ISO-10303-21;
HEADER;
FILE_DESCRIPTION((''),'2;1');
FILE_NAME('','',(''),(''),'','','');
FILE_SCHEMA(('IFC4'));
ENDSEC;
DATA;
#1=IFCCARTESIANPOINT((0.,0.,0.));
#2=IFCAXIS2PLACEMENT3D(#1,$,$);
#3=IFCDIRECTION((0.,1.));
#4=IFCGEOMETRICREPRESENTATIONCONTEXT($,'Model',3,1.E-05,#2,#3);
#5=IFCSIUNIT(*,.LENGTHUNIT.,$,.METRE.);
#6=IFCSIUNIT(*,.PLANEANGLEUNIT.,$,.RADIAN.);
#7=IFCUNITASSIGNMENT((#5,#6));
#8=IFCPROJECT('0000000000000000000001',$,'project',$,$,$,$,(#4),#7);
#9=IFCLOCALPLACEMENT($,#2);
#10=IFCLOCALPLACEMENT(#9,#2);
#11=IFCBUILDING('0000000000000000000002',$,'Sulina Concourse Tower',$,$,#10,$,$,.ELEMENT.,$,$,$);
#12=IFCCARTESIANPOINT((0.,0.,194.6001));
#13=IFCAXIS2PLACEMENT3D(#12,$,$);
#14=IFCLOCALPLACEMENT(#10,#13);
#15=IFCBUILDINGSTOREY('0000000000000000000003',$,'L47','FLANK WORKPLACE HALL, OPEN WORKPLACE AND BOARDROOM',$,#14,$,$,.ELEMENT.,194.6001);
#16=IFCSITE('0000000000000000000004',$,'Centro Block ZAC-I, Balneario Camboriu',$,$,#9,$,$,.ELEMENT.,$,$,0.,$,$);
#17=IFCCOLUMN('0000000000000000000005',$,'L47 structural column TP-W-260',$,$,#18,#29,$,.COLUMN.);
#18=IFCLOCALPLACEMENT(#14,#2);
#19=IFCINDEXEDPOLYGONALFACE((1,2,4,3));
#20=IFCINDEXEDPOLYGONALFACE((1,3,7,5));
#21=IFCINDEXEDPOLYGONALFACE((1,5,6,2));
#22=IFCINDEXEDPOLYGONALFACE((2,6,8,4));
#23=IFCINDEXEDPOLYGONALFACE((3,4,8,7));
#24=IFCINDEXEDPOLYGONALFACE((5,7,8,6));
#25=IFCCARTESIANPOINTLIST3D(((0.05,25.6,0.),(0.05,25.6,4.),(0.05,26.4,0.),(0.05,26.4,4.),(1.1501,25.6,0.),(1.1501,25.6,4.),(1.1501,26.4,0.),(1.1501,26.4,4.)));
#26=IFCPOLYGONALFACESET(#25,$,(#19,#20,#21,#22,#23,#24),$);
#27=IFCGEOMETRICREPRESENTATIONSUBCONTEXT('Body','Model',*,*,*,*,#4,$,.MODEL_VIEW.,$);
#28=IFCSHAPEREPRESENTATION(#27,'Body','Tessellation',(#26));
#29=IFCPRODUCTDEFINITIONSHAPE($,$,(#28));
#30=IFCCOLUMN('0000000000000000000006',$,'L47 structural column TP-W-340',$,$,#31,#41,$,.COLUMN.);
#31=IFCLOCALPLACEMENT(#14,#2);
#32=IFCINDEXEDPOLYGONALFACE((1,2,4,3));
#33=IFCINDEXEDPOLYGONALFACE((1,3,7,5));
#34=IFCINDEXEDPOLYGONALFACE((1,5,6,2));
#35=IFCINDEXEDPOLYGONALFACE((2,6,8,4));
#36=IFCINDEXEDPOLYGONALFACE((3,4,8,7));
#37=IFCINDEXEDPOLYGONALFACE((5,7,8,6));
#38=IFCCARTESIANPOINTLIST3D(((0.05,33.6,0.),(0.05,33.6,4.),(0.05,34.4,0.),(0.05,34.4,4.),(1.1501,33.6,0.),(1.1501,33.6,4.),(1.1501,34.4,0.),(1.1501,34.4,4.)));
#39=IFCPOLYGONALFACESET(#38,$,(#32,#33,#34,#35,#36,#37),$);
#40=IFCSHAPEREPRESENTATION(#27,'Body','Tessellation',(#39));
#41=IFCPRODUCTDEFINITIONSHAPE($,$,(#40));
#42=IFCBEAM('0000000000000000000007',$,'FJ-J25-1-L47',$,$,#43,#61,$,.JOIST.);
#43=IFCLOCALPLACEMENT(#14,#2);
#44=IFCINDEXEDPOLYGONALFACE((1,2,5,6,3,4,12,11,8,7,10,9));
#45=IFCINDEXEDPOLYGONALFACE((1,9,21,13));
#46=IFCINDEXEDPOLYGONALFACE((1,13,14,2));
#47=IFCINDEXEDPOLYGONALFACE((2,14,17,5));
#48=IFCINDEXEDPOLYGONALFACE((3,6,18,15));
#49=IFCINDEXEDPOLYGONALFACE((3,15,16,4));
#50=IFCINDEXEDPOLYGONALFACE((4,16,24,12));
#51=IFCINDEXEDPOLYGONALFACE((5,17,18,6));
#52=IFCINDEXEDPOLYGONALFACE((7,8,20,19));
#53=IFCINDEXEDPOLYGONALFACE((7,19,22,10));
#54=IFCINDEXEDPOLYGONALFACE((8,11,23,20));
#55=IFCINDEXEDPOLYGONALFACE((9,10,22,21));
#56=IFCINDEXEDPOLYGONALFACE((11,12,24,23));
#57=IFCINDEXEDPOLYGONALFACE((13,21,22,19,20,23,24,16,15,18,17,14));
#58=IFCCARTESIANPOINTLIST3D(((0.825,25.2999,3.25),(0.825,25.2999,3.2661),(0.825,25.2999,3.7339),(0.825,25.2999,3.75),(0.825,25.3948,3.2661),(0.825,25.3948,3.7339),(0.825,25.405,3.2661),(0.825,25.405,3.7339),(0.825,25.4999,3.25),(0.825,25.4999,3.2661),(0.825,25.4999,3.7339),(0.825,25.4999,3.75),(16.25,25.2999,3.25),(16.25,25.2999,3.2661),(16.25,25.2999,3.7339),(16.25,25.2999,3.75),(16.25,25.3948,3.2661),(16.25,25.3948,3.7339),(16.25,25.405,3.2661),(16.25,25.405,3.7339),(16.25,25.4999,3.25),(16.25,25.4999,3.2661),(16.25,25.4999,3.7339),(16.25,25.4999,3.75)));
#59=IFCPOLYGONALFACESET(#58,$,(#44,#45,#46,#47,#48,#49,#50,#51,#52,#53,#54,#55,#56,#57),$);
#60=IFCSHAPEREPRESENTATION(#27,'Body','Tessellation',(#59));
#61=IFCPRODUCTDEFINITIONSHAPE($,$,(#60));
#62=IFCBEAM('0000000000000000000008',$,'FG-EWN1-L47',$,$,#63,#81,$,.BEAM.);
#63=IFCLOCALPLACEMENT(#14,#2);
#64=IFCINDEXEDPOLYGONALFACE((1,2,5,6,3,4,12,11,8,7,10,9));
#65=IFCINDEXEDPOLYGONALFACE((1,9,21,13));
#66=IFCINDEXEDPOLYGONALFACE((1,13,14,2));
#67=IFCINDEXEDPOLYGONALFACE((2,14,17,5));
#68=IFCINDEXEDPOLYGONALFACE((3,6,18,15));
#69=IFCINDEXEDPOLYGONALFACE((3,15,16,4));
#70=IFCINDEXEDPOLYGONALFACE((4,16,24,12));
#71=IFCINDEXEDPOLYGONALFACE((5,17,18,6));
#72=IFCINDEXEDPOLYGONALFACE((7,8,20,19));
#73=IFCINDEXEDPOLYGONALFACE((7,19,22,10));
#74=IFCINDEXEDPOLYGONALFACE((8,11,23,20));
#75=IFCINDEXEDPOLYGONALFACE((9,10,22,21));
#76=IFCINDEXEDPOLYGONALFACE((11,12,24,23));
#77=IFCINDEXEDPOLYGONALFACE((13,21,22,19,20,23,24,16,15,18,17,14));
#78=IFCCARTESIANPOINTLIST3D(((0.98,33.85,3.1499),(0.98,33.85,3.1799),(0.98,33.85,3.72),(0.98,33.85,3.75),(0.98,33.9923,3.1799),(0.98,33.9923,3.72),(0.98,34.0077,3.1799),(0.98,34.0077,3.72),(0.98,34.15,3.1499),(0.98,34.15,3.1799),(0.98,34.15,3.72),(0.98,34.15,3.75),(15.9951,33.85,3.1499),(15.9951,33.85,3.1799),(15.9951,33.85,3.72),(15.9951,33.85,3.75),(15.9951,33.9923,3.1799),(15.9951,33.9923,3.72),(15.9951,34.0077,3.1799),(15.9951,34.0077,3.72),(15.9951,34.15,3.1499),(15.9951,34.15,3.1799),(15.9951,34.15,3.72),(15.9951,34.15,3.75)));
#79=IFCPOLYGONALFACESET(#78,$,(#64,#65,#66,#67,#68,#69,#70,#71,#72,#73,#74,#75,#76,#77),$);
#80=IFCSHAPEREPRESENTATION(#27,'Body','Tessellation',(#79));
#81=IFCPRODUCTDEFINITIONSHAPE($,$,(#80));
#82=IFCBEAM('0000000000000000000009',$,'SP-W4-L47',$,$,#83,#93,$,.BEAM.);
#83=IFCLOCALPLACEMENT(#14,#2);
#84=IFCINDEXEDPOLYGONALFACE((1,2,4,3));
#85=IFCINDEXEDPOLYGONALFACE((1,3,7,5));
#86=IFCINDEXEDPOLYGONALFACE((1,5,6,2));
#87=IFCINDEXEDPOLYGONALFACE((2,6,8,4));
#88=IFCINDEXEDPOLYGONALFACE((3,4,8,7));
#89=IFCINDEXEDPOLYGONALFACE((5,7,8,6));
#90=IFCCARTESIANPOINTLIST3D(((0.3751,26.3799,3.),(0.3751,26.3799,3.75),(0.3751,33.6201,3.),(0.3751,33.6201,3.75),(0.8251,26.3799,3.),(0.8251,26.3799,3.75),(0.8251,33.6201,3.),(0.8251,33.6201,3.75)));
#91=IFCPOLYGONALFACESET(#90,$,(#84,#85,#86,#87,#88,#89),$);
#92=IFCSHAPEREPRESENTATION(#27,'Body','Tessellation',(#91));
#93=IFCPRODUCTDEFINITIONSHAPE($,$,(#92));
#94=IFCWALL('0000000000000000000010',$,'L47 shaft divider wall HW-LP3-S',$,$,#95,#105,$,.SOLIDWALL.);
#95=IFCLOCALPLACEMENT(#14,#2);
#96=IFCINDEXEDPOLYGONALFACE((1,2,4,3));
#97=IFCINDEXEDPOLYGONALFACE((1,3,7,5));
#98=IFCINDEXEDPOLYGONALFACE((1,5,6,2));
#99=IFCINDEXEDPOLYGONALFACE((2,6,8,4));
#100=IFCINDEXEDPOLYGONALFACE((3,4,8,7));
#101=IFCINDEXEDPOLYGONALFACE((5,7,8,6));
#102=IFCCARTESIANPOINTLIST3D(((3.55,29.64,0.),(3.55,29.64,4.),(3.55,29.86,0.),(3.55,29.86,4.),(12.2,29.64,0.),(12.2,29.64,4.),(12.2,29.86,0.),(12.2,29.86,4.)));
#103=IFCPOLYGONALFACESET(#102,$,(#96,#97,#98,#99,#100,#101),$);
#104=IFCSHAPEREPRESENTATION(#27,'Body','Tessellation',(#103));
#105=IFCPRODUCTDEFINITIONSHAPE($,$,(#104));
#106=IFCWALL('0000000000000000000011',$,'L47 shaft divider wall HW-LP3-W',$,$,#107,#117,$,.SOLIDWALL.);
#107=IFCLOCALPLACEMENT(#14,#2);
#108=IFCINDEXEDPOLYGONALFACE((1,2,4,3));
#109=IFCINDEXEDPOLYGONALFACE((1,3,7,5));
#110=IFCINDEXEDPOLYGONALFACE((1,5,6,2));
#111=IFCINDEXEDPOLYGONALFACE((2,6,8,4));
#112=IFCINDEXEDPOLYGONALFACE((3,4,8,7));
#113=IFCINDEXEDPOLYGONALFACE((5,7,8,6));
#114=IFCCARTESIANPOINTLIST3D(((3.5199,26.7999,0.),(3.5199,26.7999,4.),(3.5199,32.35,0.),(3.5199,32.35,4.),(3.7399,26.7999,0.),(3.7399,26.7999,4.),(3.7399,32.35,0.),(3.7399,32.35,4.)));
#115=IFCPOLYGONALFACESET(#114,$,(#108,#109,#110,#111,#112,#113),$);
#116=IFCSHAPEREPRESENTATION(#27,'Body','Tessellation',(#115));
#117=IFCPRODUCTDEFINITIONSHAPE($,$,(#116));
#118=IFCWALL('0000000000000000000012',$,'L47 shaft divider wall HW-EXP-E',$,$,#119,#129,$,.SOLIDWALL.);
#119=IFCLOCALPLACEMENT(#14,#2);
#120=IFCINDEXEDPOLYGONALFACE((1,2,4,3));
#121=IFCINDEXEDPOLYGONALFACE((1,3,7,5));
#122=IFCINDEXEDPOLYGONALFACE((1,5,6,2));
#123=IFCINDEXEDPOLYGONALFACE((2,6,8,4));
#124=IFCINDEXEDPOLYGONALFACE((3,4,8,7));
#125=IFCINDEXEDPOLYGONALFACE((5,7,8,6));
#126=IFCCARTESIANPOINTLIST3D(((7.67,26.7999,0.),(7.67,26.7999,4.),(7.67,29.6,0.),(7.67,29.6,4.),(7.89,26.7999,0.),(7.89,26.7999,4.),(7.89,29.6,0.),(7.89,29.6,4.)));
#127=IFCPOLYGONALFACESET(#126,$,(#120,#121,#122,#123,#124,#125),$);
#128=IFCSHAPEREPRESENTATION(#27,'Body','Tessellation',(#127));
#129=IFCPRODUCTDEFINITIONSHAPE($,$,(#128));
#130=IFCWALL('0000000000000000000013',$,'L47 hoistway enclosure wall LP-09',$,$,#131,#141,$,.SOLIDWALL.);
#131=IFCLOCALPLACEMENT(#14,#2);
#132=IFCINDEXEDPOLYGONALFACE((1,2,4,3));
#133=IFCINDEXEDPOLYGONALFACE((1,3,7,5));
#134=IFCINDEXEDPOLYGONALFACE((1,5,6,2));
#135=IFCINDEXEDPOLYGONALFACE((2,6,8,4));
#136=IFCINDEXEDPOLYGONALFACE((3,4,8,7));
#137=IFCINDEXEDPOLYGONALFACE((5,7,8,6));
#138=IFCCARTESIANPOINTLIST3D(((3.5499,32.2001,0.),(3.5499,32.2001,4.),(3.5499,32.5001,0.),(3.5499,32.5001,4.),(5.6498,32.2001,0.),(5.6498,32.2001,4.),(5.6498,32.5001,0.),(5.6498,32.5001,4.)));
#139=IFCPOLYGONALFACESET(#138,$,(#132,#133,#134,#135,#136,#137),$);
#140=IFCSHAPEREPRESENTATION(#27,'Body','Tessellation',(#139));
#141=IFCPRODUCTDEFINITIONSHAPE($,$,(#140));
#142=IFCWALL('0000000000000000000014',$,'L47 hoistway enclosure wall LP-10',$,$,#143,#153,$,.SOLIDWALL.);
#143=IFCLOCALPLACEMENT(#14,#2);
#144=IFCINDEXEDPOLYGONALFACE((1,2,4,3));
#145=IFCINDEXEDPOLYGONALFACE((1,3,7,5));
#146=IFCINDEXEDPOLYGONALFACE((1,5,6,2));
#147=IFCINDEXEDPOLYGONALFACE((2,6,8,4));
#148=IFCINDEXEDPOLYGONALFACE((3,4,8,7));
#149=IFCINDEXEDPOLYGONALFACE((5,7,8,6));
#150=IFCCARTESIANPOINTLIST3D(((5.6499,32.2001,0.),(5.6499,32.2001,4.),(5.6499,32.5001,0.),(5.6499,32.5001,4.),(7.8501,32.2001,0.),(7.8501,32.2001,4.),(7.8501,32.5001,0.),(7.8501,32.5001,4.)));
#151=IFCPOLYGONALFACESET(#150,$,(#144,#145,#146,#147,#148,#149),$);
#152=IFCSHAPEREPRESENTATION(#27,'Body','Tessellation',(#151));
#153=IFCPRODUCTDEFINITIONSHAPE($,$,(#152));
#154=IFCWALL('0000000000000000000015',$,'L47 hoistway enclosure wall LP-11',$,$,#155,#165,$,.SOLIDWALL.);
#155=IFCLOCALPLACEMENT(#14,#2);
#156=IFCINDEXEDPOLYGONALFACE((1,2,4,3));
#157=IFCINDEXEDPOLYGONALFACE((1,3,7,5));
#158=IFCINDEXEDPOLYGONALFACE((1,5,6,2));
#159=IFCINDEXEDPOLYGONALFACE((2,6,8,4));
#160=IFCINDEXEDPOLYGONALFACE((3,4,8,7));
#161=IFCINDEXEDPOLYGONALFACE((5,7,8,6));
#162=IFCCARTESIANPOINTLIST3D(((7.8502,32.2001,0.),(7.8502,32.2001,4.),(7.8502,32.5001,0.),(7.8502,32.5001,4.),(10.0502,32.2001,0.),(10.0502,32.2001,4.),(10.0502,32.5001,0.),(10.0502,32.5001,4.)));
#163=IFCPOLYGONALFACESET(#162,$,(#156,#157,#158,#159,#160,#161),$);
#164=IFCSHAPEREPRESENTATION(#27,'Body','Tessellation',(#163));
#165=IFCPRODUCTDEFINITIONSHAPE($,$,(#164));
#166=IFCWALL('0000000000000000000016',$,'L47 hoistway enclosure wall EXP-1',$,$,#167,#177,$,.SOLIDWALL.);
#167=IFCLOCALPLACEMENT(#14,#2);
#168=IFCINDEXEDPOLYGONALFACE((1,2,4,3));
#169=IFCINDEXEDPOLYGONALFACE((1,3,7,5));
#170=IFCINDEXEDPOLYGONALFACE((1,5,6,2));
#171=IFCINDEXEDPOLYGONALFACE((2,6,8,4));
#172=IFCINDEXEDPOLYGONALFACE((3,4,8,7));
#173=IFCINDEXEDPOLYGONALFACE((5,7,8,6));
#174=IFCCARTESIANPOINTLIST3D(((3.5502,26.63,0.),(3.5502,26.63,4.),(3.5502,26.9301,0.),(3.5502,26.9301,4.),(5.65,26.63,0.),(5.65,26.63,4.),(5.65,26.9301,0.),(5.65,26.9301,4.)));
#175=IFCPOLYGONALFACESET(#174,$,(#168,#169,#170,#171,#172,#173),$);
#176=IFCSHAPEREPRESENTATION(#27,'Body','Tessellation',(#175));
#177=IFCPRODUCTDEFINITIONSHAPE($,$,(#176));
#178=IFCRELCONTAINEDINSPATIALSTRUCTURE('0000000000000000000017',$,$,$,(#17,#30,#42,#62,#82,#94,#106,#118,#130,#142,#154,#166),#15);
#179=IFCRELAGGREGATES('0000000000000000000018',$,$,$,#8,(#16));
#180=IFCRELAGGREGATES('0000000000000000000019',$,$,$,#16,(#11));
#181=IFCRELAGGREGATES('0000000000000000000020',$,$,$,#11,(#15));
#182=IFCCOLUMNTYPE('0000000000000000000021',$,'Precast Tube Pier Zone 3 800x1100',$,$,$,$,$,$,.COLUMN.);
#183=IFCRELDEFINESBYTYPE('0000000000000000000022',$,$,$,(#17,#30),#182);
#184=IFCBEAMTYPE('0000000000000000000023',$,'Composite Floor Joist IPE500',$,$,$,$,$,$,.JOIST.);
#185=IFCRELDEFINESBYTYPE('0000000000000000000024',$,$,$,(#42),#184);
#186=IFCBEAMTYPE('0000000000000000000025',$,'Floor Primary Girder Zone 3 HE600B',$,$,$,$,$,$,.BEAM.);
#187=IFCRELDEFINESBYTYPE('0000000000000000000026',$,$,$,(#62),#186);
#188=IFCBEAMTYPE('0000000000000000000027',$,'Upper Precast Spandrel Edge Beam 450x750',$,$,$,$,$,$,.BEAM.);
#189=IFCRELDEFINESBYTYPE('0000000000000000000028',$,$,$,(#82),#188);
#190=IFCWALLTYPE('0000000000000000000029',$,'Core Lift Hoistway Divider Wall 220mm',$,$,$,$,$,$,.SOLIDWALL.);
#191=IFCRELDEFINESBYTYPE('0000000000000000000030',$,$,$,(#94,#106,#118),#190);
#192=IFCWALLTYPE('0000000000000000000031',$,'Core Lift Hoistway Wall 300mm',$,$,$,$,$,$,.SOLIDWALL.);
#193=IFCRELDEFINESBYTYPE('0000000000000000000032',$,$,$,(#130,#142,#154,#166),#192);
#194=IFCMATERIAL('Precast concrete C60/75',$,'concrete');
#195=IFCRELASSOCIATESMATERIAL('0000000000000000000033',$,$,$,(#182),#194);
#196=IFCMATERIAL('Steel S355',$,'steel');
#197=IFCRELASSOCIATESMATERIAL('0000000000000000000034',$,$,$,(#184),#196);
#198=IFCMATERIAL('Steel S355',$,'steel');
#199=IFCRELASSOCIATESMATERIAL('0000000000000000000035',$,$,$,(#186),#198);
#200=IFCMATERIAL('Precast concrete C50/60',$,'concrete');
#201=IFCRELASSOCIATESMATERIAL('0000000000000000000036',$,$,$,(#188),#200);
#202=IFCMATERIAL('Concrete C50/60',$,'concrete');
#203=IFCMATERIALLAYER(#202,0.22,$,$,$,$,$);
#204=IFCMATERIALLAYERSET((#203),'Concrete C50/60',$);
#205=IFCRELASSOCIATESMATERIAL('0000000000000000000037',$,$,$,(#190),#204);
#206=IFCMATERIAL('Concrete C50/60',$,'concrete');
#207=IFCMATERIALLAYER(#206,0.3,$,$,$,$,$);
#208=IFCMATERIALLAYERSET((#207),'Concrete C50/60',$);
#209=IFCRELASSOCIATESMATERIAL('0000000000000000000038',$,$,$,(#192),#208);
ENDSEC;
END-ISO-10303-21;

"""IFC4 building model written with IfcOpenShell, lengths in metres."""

from ifc_helpers import new_model, si_unit, direction, frame, frame_2d, origin, origin_2d, place, context, subcontext, project, spatial, rectangle, i_section, extrude, material, layer, layer_set, material_profile, profile_set, type_object, element, save


model = new_model("IFC4")

# Units and contexts
model_context = context("Model", 3, precision=1e-05, world=origin(), true_north=direction((0.0, 1.0)))
body_context = subcontext(model_context, "Body", "Model", "MODEL_VIEW")
ifc_project = project(units=[si_unit("LENGTHUNIT", "METRE"), si_unit("PLANEANGLEUNIT", "RADIAN")], contexts=[model_context])

# Site, building, storey
site_placement = place(None, origin())
site = spatial("IfcSite", under=ifc_project, at=site_placement, Name="Centro Block ZAC-I, Balneario Camboriu", CompositionType="ELEMENT", RefElevation=0.0)
building_placement = place(site_placement, origin())
building = spatial("IfcBuilding", under=site, at=building_placement, Name="Sulina Concourse Tower", CompositionType="ELEMENT")
storey_placement = place(building_placement, frame((0.0, 0.0, 194.6001)))
storey = spatial("IfcBuildingStorey", under=building, at=storey_placement, Name="L47", Description="FLANK WORKPLACE HALL, OPEN WORKPLACE AND BOARDROOM", CompositionType="ELEMENT", Elevation=194.6001)

# Columns
ifc_material_1 = material(Name="Precast concrete C60/75", Category="concrete")
ifc_material_profile_1 = material_profile(ifc_material_1, rectangle(XDim=0.8, YDim=1.1001, at=origin_2d()), Name="PC 800x1100")
ifc_profile_set_1 = profile_set([ifc_material_profile_1], Name="Precast concrete C60/75")
column_type = type_object("IfcColumnType", Name="Precast Tube Pier Zone 3 800x1100", PredefinedType="COLUMN", material=ifc_profile_set_1)
for number, where, z_axis, x_axis, name in (
    (1, (0.6001, 26.0, 0.0), (0.0, 0.0, 1.0), (0.0, 1.0, 0.0), "L47 structural column TP-W-260"),
    (2, (0.6001, 34.0, 0.0), (0.0, 0.0, 1.0), (0.0, 1.0, 0.0), "L47 structural column TP-W-340"),
):
    element("IfcColumn", number, at=place(storey_placement, frame(where, z_axis=z_axis, x_axis=x_axis)), inside=storey, type_object=column_type, Name=name, PredefinedType="COLUMN", context=body_context, shape_type="SweptSolid", body=[
        extrude(rectangle(XDim=0.8, YDim=1.1001, at=origin_2d()), origin(), (0.0, 0.0, 1.0), 4.0),
    ])

# Beams
ifc_material_2 = material(Name="Steel S355", Category="steel")
ifc_material_profile_2 = material_profile(ifc_material_2, i_section(OverallWidth=0.2, OverallDepth=0.5, WebThickness=0.0103, FlangeThickness=0.0161, at=origin_2d()), Name="IPE 500")
ifc_profile_set_2 = profile_set([ifc_material_profile_2], Name="Steel S355")
beam_type_1 = type_object("IfcBeamType", Name="Composite Floor Joist IPE500", PredefinedType="JOIST", material=ifc_profile_set_2)
beam_1_placement = place(storey_placement, frame((0.825, 25.3999, 3.5), z_axis=(1.0, 0.0, 0.0), x_axis=(0.0, 1.0, 0.0)))
element("IfcBeam", 3, at=beam_1_placement, inside=storey, type_object=beam_type_1, Name="FJ-J25-1-L47", PredefinedType="JOIST", context=body_context, shape_type="SweptSolid", body=[
    extrude(i_section(OverallWidth=0.2, OverallDepth=0.5, WebThickness=0.0103, FlangeThickness=0.0161, at=origin_2d()), origin(), (0.0, 0.0, 1.0), 15.425),
])
ifc_material_3 = material(Name="Steel S355", Category="steel")
ifc_material_profile_3 = material_profile(ifc_material_3, i_section(OverallWidth=0.3, OverallDepth=0.6001, WebThickness=0.0154, FlangeThickness=0.03, at=origin_2d()), Name="HE 600 B")
ifc_profile_set_3 = profile_set([ifc_material_profile_3], Name="Steel S355")
beam_type_2 = type_object("IfcBeamType", Name="Floor Primary Girder Zone 3 HE600B", PredefinedType="BEAM", material=ifc_profile_set_3)
beam_2_placement = place(storey_placement, frame((0.98, 34.0, 3.45), z_axis=(1.0, 0.0, 0.0), x_axis=(0.0, 1.0, 0.0)))
element("IfcBeam", 4, at=beam_2_placement, inside=storey, type_object=beam_type_2, Name="FG-EWN1-L47", PredefinedType="BEAM", context=body_context, shape_type="SweptSolid", body=[
    extrude(i_section(OverallWidth=0.3, OverallDepth=0.6001, WebThickness=0.0154, FlangeThickness=0.03, at=origin_2d()), origin(), (0.0, 0.0, 1.0), 15.0151),
])
ifc_material_4 = material(Name="Precast concrete C50/60", Category="concrete")
ifc_material_profile_4 = material_profile(ifc_material_4, rectangle(XDim=0.45, YDim=0.75, at=origin_2d()), Name="RC 450x750")
ifc_profile_set_4 = profile_set([ifc_material_profile_4], Name="Precast concrete C50/60")
beam_type_3 = type_object("IfcBeamType", Name="Upper Precast Spandrel Edge Beam 450x750", PredefinedType="BEAM", material=ifc_profile_set_4)
beam_3_placement = place(storey_placement, frame((0.6001, 26.3799, 3.375), z_axis=(0.0, 1.0, 0.0), x_axis=(-1.0, 0.0, 0.0)))
element("IfcBeam", 5, at=beam_3_placement, inside=storey, type_object=beam_type_3, Name="SP-W4-L47", PredefinedType="BEAM", context=body_context, shape_type="SweptSolid", body=[
    extrude(rectangle(XDim=0.45, YDim=0.75, at=origin_2d()), origin(), (0.0, 0.0, 1.0), 7.2402),
])

# Walls
ifc_material_5 = material(Name="Concrete C50/60", Category="concrete")
ifc_layer_1 = layer(ifc_material_5, 0.22)
ifc_layer_set_1 = layer_set([ifc_layer_1], Name="Concrete C50/60")
wall_type_1 = type_object("IfcWallType", Name="Core Lift Hoistway Divider Wall 220mm", PredefinedType="SOLIDWALL", material=ifc_layer_set_1)
wall_1_placement = place(storey_placement, frame((3.55, 29.75, 0.0), z_axis=(0.0, 0.0, 1.0), x_axis=(1.0, 0.0, 0.0)))
element("IfcWall", 6, at=wall_1_placement, inside=storey, type_object=wall_type_1, Name="L47 shaft divider wall HW-LP3-S", PredefinedType="SOLIDWALL", context=body_context, shape_type="SweptSolid", body=[
    extrude(rectangle(XDim=8.6499, YDim=0.22, at=frame_2d((4.325, 0.0))), origin(), (0.0, 0.0, 1.0), 4.0),
])
wall_2_placement = place(storey_placement, frame((3.6299, 26.8, 0.0), z_axis=(0.0, 0.0, 1.0), x_axis=(0.0, 1.0, 0.0)))
element("IfcWall", 7, at=wall_2_placement, inside=storey, type_object=wall_type_1, Name="L47 shaft divider wall HW-LP3-W", PredefinedType="SOLIDWALL", context=body_context, shape_type="SweptSolid", body=[
    extrude(rectangle(XDim=5.55, YDim=0.22, at=frame_2d((2.7749, 0.0))), origin(), (0.0, 0.0, 1.0), 4.0),
])
wall_3_placement = place(storey_placement, frame((7.78, 26.8, 0.0), z_axis=(0.0, 0.0, 1.0), x_axis=(0.0, 1.0, 0.0)))
element("IfcWall", 8, at=wall_3_placement, inside=storey, type_object=wall_type_1, Name="L47 shaft divider wall HW-EXP-E", PredefinedType="SOLIDWALL", context=body_context, shape_type="SweptSolid", body=[
    extrude(rectangle(XDim=2.8, YDim=0.22, at=frame_2d((1.3999, 0.0))), origin(), (0.0, 0.0, 1.0), 4.0),
])
ifc_material_6 = material(Name="Concrete C50/60", Category="concrete")
ifc_layer_2 = layer(ifc_material_6, 0.3)
ifc_layer_set_2 = layer_set([ifc_layer_2], Name="Concrete C50/60")
wall_type_2 = type_object("IfcWallType", Name="Core Lift Hoistway Wall 300mm", PredefinedType="SOLIDWALL", material=ifc_layer_set_2)
wall_4_placement = place(storey_placement, frame((3.55, 32.3501, 0.0), z_axis=(0.0, 0.0, 1.0), x_axis=(1.0, 0.0, 0.0)))
element("IfcWall", 9, at=wall_4_placement, inside=storey, type_object=wall_type_2, Name="L47 hoistway enclosure wall LP-09", PredefinedType="SOLIDWALL", context=body_context, shape_type="SweptSolid", body=[
    extrude(rectangle(XDim=2.0999, YDim=0.3, at=frame_2d((1.0498, 0.0))), origin(), (0.0, 0.0, 1.0), 4.0),
])
wall_5_placement = place(storey_placement, frame((5.6499, 32.3501, 0.0), z_axis=(0.0, 0.0, 1.0), x_axis=(1.0, 0.0, 0.0)))
element("IfcWall", 10, at=wall_5_placement, inside=storey, type_object=wall_type_2, Name="L47 hoistway enclosure wall LP-10", PredefinedType="SOLIDWALL", context=body_context, shape_type="SweptSolid", body=[
    extrude(rectangle(XDim=2.2002, YDim=0.3, at=frame_2d((1.1001, 0.0))), origin(), (0.0, 0.0, 1.0), 4.0),
])
wall_6_placement = place(storey_placement, frame((7.8501, 32.3501, 0.0), z_axis=(0.0, 0.0, 1.0), x_axis=(1.0, 0.0, 0.0)))
element("IfcWall", 11, at=wall_6_placement, inside=storey, type_object=wall_type_2, Name="L47 hoistway enclosure wall LP-11", PredefinedType="SOLIDWALL", context=body_context, shape_type="SweptSolid", body=[
    extrude(rectangle(XDim=2.2, YDim=0.3, at=frame_2d((1.1001, 0.0))), origin(), (0.0, 0.0, 1.0), 4.0),
])
wall_7_placement = place(storey_placement, frame((5.6499, 26.78, 0.0), z_axis=(0.0, 0.0, 1.0), x_axis=(-1.0, 0.0, 0.0)))
element("IfcWall", 12, at=wall_7_placement, inside=storey, type_object=wall_type_2, Name="L47 hoistway enclosure wall EXP-1", PredefinedType="SOLIDWALL", context=body_context, shape_type="SweptSolid", body=[
    extrude(rectangle(XDim=2.0999, YDim=0.3, at=frame_2d((1.0498, 0.0))), origin(), (0.0, 0.0, 1.0), 4.0),
])

save(model, "model.ifc")
